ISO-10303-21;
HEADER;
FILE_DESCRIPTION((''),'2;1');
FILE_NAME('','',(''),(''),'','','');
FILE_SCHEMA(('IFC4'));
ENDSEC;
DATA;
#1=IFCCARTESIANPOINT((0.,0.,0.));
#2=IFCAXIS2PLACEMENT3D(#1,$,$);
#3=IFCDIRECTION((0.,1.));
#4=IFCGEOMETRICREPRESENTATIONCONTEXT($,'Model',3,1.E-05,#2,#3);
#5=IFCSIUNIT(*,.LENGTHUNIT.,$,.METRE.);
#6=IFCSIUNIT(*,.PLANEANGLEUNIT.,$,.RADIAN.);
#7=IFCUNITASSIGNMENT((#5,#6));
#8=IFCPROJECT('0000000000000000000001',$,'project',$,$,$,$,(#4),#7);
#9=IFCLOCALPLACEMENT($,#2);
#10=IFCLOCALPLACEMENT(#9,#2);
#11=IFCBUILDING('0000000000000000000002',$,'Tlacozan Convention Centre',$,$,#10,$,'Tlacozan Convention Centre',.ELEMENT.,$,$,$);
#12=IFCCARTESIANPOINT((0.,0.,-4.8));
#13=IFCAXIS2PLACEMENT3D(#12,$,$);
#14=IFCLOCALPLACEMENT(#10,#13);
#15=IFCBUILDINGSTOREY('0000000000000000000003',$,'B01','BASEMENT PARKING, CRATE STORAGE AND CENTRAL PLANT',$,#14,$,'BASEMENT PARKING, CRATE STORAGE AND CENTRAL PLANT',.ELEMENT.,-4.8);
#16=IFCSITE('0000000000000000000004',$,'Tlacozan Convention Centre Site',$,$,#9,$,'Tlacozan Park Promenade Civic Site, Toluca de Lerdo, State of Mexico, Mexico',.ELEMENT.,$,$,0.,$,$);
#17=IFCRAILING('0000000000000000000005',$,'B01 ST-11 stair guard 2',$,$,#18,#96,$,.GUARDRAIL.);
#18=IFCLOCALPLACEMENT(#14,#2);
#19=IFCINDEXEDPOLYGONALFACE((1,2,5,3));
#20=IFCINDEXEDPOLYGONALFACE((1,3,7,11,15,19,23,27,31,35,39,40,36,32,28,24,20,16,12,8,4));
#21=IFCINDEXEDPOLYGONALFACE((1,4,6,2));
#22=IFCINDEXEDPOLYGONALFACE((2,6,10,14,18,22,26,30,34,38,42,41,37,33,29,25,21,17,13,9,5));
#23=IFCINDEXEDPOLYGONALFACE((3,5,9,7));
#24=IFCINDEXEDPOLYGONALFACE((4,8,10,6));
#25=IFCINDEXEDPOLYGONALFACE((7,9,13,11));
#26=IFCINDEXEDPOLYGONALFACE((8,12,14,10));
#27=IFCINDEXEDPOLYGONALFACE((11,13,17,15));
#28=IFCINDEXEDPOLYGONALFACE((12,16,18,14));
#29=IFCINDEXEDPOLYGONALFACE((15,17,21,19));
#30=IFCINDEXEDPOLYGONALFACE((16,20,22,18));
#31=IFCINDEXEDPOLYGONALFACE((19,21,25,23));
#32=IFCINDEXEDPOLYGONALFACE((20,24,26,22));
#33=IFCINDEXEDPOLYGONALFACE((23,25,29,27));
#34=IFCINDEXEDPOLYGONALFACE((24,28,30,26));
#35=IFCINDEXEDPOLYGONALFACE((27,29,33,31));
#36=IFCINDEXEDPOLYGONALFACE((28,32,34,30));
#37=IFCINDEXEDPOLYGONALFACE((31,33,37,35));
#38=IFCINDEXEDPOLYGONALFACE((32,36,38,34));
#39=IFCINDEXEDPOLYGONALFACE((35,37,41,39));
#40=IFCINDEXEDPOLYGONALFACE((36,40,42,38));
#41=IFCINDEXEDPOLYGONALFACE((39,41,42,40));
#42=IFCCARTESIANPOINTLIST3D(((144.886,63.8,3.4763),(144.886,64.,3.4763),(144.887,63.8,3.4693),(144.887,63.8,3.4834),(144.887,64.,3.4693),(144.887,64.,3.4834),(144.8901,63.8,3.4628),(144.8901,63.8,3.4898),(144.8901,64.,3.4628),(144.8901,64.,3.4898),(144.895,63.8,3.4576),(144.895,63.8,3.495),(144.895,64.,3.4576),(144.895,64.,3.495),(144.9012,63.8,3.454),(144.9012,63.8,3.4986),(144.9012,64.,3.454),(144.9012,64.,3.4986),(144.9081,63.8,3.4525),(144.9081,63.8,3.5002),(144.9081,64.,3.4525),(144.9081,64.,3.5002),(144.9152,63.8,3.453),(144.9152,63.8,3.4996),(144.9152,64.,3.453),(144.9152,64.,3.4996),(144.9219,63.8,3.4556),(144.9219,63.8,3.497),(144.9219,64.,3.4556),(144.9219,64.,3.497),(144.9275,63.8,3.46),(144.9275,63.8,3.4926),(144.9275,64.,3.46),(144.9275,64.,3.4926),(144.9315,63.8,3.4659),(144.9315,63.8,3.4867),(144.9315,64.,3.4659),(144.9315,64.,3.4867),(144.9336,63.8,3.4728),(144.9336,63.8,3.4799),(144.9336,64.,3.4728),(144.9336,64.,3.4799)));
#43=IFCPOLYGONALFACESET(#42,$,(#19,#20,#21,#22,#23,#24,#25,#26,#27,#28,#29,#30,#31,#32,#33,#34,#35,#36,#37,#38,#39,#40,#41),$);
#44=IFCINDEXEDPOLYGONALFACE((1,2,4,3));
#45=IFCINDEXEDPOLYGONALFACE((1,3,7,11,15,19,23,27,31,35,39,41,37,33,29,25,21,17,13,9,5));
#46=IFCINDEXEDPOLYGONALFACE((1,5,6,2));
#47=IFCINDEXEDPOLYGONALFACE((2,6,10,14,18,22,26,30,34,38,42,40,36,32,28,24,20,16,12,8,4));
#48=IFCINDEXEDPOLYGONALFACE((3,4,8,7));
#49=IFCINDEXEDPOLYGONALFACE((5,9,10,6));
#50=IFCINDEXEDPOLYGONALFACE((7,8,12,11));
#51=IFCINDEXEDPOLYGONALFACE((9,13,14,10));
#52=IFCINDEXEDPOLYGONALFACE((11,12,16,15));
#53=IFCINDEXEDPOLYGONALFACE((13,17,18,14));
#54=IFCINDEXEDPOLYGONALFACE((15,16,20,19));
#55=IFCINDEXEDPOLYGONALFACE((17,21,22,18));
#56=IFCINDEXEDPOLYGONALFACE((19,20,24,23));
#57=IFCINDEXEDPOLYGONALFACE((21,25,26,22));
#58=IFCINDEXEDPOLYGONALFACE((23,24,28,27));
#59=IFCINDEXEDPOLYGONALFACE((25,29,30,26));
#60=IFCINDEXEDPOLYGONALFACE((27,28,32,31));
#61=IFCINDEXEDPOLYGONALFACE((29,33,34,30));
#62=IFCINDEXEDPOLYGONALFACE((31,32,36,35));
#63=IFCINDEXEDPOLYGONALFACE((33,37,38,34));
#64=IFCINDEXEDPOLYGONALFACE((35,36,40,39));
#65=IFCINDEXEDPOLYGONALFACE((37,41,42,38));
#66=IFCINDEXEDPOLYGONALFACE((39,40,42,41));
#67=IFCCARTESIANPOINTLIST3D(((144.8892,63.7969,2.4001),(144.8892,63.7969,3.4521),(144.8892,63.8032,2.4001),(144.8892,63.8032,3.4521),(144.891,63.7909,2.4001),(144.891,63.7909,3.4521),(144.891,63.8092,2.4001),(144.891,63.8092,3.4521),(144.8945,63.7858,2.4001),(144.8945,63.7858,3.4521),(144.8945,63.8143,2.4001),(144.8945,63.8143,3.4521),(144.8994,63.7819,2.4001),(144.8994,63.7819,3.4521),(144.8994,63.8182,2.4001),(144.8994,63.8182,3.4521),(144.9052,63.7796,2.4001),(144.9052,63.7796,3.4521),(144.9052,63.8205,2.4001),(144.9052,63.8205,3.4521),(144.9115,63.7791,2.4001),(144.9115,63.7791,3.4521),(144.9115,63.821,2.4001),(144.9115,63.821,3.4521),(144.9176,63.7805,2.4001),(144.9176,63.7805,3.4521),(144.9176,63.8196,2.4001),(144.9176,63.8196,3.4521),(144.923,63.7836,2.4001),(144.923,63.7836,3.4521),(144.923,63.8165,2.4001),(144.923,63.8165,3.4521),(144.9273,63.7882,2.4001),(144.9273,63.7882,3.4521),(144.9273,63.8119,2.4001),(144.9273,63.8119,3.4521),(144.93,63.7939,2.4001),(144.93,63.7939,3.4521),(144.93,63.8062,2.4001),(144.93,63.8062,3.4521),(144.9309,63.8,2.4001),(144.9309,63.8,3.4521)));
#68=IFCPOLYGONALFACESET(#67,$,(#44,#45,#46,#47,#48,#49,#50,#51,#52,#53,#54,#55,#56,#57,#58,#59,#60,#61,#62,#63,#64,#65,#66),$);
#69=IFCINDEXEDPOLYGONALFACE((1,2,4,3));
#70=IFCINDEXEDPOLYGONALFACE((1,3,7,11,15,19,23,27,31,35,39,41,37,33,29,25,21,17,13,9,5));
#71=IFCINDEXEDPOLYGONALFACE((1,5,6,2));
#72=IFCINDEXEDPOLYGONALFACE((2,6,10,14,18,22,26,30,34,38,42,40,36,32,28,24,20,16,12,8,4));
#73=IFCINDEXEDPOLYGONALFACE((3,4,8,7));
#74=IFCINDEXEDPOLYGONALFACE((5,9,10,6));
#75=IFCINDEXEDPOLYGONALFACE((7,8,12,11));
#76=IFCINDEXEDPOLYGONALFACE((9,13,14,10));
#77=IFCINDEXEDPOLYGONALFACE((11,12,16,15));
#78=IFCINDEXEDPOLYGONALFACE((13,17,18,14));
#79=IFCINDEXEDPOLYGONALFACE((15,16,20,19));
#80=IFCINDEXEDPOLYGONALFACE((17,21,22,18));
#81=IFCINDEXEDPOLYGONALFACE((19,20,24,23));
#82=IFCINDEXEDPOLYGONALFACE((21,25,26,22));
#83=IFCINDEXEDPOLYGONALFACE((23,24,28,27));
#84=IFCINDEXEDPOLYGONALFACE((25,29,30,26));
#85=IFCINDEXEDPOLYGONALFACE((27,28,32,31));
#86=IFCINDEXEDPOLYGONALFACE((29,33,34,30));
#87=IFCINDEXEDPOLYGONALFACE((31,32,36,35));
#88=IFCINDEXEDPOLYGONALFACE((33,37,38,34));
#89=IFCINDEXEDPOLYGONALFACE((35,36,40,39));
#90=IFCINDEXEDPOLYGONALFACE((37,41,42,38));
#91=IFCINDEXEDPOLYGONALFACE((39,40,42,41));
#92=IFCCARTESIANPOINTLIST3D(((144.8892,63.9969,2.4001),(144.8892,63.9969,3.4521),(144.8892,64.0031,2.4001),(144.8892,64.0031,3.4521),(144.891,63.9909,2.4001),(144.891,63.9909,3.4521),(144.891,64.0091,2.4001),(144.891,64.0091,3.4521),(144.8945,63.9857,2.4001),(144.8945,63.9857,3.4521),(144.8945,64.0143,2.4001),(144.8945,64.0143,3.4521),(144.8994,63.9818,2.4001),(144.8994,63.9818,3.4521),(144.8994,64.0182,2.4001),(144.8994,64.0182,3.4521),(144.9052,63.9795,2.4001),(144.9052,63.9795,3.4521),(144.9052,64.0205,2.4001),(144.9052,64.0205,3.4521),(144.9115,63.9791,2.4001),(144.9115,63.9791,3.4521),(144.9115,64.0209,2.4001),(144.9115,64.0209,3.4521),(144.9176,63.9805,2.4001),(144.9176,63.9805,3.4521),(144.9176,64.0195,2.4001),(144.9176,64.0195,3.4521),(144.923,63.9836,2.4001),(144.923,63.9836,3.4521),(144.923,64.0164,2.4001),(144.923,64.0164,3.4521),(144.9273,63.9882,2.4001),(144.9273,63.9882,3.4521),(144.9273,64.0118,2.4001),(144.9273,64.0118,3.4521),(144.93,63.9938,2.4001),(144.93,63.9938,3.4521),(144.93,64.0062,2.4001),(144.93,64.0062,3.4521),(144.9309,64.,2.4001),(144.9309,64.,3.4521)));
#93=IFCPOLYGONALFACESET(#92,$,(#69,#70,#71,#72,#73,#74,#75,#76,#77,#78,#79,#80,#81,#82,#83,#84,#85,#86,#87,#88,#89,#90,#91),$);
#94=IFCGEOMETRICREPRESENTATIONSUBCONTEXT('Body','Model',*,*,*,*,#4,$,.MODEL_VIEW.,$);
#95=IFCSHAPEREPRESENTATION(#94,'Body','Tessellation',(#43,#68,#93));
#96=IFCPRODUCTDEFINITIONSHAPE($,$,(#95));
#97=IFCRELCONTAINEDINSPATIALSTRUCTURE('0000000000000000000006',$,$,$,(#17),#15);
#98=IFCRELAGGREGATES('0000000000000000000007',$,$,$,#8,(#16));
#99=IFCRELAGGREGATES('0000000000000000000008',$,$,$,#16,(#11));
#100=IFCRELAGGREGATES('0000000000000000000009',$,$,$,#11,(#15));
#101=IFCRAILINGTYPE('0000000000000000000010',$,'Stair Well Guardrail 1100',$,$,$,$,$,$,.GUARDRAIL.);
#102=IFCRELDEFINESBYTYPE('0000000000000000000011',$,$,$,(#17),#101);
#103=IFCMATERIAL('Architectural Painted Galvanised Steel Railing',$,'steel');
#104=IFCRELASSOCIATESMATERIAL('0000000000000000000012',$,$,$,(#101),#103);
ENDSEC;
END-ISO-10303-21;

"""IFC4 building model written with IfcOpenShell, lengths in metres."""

from ifc_helpers import new_model, si_unit, direction, frame, origin, origin_2d, place, context, subcontext, project, spatial, circle, extrude, material, type_object, element, save


model = new_model("IFC4")

# Units and contexts
model_context = context("Model", 3, precision=1e-05, world=origin(), true_north=direction((0.0, 1.0)))
body_context = subcontext(model_context, "Body", "Model", "MODEL_VIEW")
ifc_project = project(units=[si_unit("LENGTHUNIT", "METRE"), si_unit("PLANEANGLEUNIT", "RADIAN")], contexts=[model_context])

# Site, building, storey
site_placement = place(None, origin())
site = spatial("IfcSite", under=ifc_project, at=site_placement, Name="Tlacozan Convention Centre Site", LongName="Tlacozan Park Promenade Civic Site, Toluca de Lerdo, State of Mexico, Mexico", CompositionType="ELEMENT", RefElevation=0.0)
building_placement = place(site_placement, origin())
building = spatial("IfcBuilding", under=site, at=building_placement, Name="Tlacozan Convention Centre", LongName="Tlacozan Convention Centre", CompositionType="ELEMENT")
storey_placement = place(building_placement, frame((0.0, 0.0, -4.8)))
storey = spatial("IfcBuildingStorey", under=building, at=storey_placement, Name="B01", Description="BASEMENT PARKING, CRATE STORAGE AND CENTRAL PLANT", LongName="BASEMENT PARKING, CRATE STORAGE AND CENTRAL PLANT", CompositionType="ELEMENT", Elevation=-4.8)

# Railing
ifc_material_1 = material(Name="Architectural Painted Galvanised Steel Railing", Category="steel")
railing_type_1 = type_object("IfcRailingType", Name="Stair Well Guardrail 1100", PredefinedType="GUARDRAIL", material=ifc_material_1)
railing_1_placement = place(storey_placement, frame((144.9099, 63.8, 2.4001)))
element("IfcRailing", 1, at=railing_1_placement, inside=storey, type_object=railing_type_1, Name="B01 ST-11 stair guard 2", PredefinedType="GUARDRAIL", context=body_context, shape_type="SweptSolid", body=[
    extrude(circle(Radius=0.0239, at=origin_2d()), frame((0.0, 0.0, 1.0762), z_axis=(0.0, 1.0, 0.0), x_axis=(-1.0, 0.0, 0.0)), (0.0, 0.0, 1.0), 0.2),
    extrude(circle(Radius=0.021, at=origin_2d()), origin(), (0.0, 0.0, 1.0), 1.052),
    extrude(circle(Radius=0.021, at=origin_2d()), frame((0.0, 0.2, 0.0)), (0.0, 0.0, 1.0), 1.052),
])

save(model, "model.ifc")
